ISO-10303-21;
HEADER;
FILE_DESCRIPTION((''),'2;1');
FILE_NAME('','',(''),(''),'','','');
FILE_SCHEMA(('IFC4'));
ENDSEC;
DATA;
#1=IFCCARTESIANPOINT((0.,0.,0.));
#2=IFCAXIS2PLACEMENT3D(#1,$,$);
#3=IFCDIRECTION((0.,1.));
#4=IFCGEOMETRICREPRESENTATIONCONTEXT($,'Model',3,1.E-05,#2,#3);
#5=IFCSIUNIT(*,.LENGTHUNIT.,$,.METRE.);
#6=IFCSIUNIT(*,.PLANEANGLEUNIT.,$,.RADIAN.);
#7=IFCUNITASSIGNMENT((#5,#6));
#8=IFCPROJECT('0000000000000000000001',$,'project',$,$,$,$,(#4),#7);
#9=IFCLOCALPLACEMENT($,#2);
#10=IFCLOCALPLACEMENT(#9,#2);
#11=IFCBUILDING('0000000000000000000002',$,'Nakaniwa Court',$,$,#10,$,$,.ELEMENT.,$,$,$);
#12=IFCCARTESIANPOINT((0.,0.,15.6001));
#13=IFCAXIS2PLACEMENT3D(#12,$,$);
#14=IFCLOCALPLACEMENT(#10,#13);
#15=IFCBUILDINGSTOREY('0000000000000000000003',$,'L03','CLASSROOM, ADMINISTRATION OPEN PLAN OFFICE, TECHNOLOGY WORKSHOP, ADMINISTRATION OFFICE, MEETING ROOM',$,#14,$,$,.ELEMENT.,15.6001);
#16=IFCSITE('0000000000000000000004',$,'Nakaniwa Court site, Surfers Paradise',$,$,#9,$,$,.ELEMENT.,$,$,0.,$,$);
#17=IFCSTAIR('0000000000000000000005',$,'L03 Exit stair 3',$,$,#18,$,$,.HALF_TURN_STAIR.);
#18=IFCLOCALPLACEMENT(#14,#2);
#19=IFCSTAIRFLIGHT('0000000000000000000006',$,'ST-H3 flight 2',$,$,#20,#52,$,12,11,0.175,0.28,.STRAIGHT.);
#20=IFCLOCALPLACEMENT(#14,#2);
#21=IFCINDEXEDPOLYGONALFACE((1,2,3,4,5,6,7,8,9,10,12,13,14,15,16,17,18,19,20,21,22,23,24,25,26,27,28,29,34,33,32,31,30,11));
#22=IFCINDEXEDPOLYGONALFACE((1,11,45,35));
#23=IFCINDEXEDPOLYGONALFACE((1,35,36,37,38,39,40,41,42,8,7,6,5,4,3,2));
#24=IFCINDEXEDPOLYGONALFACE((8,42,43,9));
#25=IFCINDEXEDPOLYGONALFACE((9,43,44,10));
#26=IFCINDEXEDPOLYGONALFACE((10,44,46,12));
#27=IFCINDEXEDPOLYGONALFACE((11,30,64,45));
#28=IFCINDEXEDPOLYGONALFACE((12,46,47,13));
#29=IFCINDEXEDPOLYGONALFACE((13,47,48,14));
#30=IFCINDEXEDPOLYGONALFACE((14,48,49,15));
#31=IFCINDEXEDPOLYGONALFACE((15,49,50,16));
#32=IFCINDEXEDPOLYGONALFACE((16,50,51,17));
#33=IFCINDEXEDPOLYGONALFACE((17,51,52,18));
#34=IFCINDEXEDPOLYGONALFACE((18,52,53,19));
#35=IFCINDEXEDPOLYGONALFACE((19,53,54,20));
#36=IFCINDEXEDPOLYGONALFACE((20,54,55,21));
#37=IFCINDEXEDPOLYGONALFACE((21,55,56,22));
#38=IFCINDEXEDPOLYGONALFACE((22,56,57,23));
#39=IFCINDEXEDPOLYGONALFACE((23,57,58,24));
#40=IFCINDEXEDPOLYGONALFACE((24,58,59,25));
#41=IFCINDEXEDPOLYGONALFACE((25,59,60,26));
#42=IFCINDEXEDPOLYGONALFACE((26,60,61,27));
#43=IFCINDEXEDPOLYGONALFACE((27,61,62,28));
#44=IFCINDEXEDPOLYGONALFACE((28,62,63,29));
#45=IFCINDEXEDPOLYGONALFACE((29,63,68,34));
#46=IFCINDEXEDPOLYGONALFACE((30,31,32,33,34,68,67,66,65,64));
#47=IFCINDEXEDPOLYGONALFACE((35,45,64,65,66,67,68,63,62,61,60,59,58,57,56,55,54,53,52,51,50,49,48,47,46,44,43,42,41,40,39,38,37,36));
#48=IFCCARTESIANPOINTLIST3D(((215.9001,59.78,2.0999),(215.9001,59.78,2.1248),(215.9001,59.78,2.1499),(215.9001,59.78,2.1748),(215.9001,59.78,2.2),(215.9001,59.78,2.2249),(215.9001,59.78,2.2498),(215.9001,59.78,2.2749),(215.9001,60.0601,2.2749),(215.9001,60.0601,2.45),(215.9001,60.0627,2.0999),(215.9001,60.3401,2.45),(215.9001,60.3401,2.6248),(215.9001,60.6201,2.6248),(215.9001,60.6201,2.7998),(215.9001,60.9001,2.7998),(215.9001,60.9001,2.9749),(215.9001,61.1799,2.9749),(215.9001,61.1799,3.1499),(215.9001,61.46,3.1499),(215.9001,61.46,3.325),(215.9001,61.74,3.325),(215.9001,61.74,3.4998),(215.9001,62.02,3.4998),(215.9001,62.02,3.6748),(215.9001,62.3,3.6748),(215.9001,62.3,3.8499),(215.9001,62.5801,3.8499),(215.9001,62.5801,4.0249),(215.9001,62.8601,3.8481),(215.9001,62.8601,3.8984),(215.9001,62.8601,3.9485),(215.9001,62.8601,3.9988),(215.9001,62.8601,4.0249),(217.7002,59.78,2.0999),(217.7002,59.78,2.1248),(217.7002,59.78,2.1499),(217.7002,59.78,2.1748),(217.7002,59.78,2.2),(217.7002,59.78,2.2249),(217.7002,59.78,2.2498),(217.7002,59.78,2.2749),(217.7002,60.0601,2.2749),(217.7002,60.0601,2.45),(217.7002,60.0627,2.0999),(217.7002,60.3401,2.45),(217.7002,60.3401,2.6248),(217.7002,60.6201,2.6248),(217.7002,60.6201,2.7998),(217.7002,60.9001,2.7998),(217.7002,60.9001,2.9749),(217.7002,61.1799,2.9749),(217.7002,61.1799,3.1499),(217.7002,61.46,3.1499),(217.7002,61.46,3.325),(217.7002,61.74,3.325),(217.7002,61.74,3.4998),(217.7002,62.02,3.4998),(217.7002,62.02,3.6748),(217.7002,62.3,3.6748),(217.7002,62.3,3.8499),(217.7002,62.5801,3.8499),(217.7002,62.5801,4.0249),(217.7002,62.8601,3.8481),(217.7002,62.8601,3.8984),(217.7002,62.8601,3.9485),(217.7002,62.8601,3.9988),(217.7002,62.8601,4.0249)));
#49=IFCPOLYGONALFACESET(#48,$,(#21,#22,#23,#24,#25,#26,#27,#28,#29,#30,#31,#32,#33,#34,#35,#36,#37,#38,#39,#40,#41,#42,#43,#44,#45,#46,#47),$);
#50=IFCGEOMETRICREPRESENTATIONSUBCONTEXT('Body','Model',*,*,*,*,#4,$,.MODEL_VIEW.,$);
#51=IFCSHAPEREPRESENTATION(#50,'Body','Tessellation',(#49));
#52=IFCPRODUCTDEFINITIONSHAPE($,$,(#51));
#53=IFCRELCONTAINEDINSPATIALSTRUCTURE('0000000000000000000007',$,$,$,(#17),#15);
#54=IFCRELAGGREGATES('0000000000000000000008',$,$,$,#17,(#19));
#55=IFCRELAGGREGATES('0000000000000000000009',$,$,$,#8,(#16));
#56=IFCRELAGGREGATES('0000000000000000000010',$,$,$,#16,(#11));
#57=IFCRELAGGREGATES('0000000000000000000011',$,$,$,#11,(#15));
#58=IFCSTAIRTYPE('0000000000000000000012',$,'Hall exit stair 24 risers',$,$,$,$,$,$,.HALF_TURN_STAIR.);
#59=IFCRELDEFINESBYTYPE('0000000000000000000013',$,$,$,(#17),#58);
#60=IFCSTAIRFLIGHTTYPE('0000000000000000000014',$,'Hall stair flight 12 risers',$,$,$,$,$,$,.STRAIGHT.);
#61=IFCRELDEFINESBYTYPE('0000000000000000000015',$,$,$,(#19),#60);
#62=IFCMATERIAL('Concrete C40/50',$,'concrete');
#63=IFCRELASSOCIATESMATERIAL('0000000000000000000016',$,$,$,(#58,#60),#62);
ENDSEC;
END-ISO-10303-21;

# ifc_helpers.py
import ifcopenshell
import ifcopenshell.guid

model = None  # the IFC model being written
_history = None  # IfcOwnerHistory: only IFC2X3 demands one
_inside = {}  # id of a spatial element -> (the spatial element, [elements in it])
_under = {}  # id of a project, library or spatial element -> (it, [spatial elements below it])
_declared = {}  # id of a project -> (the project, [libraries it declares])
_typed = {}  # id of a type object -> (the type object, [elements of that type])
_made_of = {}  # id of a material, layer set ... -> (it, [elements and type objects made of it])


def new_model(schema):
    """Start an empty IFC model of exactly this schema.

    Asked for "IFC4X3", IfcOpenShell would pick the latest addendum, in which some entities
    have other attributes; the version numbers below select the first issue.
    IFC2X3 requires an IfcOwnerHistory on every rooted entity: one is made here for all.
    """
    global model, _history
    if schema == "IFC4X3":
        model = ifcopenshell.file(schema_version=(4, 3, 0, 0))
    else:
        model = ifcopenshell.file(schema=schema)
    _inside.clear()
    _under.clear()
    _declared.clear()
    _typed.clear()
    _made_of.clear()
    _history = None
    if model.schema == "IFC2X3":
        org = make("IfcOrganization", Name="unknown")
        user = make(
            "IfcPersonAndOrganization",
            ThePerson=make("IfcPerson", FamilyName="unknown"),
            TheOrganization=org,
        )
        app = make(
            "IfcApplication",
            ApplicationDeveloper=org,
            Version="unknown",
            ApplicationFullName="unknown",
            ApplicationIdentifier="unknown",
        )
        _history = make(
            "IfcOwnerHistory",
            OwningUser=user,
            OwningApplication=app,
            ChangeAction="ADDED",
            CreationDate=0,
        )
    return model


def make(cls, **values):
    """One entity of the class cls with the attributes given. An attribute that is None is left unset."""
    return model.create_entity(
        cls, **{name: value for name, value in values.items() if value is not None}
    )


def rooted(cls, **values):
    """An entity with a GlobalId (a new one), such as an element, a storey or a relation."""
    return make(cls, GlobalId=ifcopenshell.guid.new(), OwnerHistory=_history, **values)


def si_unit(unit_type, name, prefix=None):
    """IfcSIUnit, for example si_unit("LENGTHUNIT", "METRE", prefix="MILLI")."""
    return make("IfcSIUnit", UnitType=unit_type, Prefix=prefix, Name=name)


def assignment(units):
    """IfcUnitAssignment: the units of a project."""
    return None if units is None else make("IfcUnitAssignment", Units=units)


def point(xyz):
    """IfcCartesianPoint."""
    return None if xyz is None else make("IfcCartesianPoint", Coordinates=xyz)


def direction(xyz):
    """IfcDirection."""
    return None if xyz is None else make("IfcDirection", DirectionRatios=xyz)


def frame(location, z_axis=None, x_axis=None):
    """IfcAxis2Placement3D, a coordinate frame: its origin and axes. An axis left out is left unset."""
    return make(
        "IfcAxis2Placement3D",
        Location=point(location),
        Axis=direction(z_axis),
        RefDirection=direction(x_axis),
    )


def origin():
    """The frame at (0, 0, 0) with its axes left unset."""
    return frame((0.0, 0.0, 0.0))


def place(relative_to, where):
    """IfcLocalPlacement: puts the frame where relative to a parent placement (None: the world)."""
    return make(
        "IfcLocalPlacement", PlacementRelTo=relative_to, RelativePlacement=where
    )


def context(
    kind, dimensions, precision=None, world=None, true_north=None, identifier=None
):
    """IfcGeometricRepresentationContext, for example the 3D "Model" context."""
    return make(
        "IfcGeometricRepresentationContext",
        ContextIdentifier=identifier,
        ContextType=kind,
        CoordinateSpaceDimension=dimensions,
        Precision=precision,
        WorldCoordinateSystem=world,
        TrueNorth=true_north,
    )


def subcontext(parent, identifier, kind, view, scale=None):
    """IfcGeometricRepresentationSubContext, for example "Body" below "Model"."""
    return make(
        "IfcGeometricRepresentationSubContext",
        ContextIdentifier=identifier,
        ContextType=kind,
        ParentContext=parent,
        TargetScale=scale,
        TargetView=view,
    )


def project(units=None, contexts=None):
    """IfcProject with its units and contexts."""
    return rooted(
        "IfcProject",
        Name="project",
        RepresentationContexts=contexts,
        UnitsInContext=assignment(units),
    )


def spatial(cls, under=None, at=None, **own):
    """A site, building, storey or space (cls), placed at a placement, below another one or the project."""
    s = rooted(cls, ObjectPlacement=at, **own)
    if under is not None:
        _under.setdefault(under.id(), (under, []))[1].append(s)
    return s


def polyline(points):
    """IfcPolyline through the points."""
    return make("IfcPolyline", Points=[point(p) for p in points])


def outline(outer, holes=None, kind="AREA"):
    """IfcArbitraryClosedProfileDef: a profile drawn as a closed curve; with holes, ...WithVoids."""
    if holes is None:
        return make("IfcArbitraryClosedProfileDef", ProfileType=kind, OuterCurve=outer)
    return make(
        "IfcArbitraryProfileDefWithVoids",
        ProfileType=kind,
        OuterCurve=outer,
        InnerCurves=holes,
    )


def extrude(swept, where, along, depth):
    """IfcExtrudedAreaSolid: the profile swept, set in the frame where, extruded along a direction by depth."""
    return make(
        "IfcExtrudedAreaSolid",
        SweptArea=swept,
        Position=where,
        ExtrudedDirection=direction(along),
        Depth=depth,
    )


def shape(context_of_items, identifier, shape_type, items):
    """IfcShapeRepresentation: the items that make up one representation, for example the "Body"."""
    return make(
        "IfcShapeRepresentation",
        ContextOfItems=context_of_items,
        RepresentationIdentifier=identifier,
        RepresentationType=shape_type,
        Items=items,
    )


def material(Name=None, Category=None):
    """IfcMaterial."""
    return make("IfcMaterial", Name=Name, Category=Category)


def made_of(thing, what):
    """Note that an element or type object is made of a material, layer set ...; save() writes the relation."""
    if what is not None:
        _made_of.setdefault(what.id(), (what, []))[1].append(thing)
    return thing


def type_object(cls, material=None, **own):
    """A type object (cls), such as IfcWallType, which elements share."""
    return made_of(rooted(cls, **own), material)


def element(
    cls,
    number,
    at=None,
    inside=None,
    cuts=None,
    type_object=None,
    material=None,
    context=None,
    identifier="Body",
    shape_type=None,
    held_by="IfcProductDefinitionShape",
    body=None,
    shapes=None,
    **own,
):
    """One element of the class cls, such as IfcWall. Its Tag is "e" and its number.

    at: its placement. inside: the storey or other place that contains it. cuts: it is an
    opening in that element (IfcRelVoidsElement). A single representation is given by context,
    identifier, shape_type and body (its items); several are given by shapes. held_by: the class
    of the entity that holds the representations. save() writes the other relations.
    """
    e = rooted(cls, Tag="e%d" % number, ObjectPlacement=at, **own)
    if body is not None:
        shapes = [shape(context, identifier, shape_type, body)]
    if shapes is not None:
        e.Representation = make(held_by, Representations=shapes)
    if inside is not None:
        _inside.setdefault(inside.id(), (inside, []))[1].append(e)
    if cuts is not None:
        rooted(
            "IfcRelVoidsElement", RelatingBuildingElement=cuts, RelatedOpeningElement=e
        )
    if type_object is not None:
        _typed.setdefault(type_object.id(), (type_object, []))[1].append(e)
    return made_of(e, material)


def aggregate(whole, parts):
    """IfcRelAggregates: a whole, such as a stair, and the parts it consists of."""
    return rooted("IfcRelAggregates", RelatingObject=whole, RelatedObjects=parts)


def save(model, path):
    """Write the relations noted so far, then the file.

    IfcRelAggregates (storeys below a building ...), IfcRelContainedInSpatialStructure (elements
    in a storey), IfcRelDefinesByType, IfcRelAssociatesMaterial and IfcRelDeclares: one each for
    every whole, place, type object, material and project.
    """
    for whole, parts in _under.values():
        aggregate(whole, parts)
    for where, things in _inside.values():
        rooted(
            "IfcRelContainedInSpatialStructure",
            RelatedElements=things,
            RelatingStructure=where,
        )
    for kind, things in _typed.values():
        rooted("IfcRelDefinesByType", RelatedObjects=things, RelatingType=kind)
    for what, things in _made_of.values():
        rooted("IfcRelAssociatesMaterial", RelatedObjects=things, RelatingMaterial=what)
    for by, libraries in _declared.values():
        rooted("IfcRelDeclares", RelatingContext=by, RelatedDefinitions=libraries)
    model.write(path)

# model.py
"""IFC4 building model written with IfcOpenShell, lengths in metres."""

from ifc_helpers import new_model, si_unit, direction, frame, origin, place, context, subcontext, project, spatial, polyline, outline, extrude, material, type_object, element, aggregate, save


model = new_model("IFC4")

# Units and contexts
model_context = context("Model", 3, precision=1e-05, world=origin(), true_north=direction((0.0, 1.0)))
body_context = subcontext(model_context, "Body", "Model", "MODEL_VIEW")
ifc_project = project(units=[si_unit("LENGTHUNIT", "METRE"), si_unit("PLANEANGLEUNIT", "RADIAN")], contexts=[model_context])

# Site, building, storey
site_placement = place(None, origin())
site = spatial("IfcSite", under=ifc_project, at=site_placement, Name="Nakaniwa Court site, Surfers Paradise", CompositionType="ELEMENT", RefElevation=0.0)
building_placement = place(site_placement, origin())
building = spatial("IfcBuilding", under=site, at=building_placement, Name="Nakaniwa Court", CompositionType="ELEMENT")
storey_placement = place(building_placement, frame((0.0, 0.0, 15.6001)))
storey = spatial("IfcBuildingStorey", under=building, at=storey_placement, Name="L03", Description="CLASSROOM, ADMINISTRATION OPEN PLAN OFFICE, TECHNOLOGY WORKSHOP, ADMINISTRATION OFFICE, MEETING ROOM", CompositionType="ELEMENT", Elevation=15.6001)

# Shared definitions
ifc_material_1 = material(Name="Concrete C40/50", Category="concrete")

# Stair, stair flight
stair_type = type_object("IfcStairType", Name="Hall exit stair 24 risers", PredefinedType="HALF_TURN_STAIR", material=ifc_material_1)
stair_placement = place(storey_placement, origin())
stair = element("IfcStair", 1, at=stair_placement, inside=storey, type_object=stair_type, Name="L03 Exit stair 3", PredefinedType="HALF_TURN_STAIR")
stair_flight_type = type_object("IfcStairFlightType", Name="Hall stair flight 12 risers", PredefinedType="STRAIGHT", material=ifc_material_1)
stair_flight_1_placement = place(storey_placement, frame((216.8, 59.78, 2.0999), z_axis=(0.0, 0.0, 1.0), x_axis=(0.0, 1.0, 0.0)))
stair_flight_1 = element("IfcStairFlight", 2, at=stair_flight_1_placement, type_object=stair_flight_type, Name="ST-H3 flight 2", NumberOfRisers=12, NumberOfTreads=11, PredefinedType="STRAIGHT", RiserHeight=0.175, TreadLength=0.28, context=body_context, shape_type="SweptSolid", body=[
    extrude(outline(polyline([(0.0, 0.0), (0.0, 0.0249), (0.0, 0.05), (0.0, 0.075), (0.0, 0.1001), (0.0, 0.125), (0.0, 0.1499), (0.0, 0.175), (0.28, 0.175), (0.28, 0.3501), (0.5601, 0.3501), (0.5601, 0.5249), (0.8401, 0.5249), (0.8401, 0.7), (1.1201, 0.7), (1.1201, 0.875), (1.3999, 0.875), (1.3999, 1.05), (1.6799, 1.05), (1.6799, 1.2251), (1.96, 1.2251), (1.96, 1.3999), (2.24, 1.3999), (2.24, 1.575), (2.52, 1.575), (2.52, 1.75), (2.8, 1.75), (2.8, 1.925), (3.0801, 1.925), (3.0801, 2.1001), (3.0801, 2.0498), (3.0801, 1.9995), (3.0801, 1.9492), (3.0801, 1.8989), (3.0801, 1.8486), (3.0801, 1.7986), (3.0801, 1.7483), (0.2827, 0.0), (0.0, 0.0)])), frame((0.0, 0.8999, 0.0), z_axis=(0.0, -1.0, 0.0), x_axis=(1.0, 0.0, 0.0)), (0.0, 0.0, 1.0), 1.8),
])
aggregate(stair, [stair_flight_1])

save(model, "model.ifc")
